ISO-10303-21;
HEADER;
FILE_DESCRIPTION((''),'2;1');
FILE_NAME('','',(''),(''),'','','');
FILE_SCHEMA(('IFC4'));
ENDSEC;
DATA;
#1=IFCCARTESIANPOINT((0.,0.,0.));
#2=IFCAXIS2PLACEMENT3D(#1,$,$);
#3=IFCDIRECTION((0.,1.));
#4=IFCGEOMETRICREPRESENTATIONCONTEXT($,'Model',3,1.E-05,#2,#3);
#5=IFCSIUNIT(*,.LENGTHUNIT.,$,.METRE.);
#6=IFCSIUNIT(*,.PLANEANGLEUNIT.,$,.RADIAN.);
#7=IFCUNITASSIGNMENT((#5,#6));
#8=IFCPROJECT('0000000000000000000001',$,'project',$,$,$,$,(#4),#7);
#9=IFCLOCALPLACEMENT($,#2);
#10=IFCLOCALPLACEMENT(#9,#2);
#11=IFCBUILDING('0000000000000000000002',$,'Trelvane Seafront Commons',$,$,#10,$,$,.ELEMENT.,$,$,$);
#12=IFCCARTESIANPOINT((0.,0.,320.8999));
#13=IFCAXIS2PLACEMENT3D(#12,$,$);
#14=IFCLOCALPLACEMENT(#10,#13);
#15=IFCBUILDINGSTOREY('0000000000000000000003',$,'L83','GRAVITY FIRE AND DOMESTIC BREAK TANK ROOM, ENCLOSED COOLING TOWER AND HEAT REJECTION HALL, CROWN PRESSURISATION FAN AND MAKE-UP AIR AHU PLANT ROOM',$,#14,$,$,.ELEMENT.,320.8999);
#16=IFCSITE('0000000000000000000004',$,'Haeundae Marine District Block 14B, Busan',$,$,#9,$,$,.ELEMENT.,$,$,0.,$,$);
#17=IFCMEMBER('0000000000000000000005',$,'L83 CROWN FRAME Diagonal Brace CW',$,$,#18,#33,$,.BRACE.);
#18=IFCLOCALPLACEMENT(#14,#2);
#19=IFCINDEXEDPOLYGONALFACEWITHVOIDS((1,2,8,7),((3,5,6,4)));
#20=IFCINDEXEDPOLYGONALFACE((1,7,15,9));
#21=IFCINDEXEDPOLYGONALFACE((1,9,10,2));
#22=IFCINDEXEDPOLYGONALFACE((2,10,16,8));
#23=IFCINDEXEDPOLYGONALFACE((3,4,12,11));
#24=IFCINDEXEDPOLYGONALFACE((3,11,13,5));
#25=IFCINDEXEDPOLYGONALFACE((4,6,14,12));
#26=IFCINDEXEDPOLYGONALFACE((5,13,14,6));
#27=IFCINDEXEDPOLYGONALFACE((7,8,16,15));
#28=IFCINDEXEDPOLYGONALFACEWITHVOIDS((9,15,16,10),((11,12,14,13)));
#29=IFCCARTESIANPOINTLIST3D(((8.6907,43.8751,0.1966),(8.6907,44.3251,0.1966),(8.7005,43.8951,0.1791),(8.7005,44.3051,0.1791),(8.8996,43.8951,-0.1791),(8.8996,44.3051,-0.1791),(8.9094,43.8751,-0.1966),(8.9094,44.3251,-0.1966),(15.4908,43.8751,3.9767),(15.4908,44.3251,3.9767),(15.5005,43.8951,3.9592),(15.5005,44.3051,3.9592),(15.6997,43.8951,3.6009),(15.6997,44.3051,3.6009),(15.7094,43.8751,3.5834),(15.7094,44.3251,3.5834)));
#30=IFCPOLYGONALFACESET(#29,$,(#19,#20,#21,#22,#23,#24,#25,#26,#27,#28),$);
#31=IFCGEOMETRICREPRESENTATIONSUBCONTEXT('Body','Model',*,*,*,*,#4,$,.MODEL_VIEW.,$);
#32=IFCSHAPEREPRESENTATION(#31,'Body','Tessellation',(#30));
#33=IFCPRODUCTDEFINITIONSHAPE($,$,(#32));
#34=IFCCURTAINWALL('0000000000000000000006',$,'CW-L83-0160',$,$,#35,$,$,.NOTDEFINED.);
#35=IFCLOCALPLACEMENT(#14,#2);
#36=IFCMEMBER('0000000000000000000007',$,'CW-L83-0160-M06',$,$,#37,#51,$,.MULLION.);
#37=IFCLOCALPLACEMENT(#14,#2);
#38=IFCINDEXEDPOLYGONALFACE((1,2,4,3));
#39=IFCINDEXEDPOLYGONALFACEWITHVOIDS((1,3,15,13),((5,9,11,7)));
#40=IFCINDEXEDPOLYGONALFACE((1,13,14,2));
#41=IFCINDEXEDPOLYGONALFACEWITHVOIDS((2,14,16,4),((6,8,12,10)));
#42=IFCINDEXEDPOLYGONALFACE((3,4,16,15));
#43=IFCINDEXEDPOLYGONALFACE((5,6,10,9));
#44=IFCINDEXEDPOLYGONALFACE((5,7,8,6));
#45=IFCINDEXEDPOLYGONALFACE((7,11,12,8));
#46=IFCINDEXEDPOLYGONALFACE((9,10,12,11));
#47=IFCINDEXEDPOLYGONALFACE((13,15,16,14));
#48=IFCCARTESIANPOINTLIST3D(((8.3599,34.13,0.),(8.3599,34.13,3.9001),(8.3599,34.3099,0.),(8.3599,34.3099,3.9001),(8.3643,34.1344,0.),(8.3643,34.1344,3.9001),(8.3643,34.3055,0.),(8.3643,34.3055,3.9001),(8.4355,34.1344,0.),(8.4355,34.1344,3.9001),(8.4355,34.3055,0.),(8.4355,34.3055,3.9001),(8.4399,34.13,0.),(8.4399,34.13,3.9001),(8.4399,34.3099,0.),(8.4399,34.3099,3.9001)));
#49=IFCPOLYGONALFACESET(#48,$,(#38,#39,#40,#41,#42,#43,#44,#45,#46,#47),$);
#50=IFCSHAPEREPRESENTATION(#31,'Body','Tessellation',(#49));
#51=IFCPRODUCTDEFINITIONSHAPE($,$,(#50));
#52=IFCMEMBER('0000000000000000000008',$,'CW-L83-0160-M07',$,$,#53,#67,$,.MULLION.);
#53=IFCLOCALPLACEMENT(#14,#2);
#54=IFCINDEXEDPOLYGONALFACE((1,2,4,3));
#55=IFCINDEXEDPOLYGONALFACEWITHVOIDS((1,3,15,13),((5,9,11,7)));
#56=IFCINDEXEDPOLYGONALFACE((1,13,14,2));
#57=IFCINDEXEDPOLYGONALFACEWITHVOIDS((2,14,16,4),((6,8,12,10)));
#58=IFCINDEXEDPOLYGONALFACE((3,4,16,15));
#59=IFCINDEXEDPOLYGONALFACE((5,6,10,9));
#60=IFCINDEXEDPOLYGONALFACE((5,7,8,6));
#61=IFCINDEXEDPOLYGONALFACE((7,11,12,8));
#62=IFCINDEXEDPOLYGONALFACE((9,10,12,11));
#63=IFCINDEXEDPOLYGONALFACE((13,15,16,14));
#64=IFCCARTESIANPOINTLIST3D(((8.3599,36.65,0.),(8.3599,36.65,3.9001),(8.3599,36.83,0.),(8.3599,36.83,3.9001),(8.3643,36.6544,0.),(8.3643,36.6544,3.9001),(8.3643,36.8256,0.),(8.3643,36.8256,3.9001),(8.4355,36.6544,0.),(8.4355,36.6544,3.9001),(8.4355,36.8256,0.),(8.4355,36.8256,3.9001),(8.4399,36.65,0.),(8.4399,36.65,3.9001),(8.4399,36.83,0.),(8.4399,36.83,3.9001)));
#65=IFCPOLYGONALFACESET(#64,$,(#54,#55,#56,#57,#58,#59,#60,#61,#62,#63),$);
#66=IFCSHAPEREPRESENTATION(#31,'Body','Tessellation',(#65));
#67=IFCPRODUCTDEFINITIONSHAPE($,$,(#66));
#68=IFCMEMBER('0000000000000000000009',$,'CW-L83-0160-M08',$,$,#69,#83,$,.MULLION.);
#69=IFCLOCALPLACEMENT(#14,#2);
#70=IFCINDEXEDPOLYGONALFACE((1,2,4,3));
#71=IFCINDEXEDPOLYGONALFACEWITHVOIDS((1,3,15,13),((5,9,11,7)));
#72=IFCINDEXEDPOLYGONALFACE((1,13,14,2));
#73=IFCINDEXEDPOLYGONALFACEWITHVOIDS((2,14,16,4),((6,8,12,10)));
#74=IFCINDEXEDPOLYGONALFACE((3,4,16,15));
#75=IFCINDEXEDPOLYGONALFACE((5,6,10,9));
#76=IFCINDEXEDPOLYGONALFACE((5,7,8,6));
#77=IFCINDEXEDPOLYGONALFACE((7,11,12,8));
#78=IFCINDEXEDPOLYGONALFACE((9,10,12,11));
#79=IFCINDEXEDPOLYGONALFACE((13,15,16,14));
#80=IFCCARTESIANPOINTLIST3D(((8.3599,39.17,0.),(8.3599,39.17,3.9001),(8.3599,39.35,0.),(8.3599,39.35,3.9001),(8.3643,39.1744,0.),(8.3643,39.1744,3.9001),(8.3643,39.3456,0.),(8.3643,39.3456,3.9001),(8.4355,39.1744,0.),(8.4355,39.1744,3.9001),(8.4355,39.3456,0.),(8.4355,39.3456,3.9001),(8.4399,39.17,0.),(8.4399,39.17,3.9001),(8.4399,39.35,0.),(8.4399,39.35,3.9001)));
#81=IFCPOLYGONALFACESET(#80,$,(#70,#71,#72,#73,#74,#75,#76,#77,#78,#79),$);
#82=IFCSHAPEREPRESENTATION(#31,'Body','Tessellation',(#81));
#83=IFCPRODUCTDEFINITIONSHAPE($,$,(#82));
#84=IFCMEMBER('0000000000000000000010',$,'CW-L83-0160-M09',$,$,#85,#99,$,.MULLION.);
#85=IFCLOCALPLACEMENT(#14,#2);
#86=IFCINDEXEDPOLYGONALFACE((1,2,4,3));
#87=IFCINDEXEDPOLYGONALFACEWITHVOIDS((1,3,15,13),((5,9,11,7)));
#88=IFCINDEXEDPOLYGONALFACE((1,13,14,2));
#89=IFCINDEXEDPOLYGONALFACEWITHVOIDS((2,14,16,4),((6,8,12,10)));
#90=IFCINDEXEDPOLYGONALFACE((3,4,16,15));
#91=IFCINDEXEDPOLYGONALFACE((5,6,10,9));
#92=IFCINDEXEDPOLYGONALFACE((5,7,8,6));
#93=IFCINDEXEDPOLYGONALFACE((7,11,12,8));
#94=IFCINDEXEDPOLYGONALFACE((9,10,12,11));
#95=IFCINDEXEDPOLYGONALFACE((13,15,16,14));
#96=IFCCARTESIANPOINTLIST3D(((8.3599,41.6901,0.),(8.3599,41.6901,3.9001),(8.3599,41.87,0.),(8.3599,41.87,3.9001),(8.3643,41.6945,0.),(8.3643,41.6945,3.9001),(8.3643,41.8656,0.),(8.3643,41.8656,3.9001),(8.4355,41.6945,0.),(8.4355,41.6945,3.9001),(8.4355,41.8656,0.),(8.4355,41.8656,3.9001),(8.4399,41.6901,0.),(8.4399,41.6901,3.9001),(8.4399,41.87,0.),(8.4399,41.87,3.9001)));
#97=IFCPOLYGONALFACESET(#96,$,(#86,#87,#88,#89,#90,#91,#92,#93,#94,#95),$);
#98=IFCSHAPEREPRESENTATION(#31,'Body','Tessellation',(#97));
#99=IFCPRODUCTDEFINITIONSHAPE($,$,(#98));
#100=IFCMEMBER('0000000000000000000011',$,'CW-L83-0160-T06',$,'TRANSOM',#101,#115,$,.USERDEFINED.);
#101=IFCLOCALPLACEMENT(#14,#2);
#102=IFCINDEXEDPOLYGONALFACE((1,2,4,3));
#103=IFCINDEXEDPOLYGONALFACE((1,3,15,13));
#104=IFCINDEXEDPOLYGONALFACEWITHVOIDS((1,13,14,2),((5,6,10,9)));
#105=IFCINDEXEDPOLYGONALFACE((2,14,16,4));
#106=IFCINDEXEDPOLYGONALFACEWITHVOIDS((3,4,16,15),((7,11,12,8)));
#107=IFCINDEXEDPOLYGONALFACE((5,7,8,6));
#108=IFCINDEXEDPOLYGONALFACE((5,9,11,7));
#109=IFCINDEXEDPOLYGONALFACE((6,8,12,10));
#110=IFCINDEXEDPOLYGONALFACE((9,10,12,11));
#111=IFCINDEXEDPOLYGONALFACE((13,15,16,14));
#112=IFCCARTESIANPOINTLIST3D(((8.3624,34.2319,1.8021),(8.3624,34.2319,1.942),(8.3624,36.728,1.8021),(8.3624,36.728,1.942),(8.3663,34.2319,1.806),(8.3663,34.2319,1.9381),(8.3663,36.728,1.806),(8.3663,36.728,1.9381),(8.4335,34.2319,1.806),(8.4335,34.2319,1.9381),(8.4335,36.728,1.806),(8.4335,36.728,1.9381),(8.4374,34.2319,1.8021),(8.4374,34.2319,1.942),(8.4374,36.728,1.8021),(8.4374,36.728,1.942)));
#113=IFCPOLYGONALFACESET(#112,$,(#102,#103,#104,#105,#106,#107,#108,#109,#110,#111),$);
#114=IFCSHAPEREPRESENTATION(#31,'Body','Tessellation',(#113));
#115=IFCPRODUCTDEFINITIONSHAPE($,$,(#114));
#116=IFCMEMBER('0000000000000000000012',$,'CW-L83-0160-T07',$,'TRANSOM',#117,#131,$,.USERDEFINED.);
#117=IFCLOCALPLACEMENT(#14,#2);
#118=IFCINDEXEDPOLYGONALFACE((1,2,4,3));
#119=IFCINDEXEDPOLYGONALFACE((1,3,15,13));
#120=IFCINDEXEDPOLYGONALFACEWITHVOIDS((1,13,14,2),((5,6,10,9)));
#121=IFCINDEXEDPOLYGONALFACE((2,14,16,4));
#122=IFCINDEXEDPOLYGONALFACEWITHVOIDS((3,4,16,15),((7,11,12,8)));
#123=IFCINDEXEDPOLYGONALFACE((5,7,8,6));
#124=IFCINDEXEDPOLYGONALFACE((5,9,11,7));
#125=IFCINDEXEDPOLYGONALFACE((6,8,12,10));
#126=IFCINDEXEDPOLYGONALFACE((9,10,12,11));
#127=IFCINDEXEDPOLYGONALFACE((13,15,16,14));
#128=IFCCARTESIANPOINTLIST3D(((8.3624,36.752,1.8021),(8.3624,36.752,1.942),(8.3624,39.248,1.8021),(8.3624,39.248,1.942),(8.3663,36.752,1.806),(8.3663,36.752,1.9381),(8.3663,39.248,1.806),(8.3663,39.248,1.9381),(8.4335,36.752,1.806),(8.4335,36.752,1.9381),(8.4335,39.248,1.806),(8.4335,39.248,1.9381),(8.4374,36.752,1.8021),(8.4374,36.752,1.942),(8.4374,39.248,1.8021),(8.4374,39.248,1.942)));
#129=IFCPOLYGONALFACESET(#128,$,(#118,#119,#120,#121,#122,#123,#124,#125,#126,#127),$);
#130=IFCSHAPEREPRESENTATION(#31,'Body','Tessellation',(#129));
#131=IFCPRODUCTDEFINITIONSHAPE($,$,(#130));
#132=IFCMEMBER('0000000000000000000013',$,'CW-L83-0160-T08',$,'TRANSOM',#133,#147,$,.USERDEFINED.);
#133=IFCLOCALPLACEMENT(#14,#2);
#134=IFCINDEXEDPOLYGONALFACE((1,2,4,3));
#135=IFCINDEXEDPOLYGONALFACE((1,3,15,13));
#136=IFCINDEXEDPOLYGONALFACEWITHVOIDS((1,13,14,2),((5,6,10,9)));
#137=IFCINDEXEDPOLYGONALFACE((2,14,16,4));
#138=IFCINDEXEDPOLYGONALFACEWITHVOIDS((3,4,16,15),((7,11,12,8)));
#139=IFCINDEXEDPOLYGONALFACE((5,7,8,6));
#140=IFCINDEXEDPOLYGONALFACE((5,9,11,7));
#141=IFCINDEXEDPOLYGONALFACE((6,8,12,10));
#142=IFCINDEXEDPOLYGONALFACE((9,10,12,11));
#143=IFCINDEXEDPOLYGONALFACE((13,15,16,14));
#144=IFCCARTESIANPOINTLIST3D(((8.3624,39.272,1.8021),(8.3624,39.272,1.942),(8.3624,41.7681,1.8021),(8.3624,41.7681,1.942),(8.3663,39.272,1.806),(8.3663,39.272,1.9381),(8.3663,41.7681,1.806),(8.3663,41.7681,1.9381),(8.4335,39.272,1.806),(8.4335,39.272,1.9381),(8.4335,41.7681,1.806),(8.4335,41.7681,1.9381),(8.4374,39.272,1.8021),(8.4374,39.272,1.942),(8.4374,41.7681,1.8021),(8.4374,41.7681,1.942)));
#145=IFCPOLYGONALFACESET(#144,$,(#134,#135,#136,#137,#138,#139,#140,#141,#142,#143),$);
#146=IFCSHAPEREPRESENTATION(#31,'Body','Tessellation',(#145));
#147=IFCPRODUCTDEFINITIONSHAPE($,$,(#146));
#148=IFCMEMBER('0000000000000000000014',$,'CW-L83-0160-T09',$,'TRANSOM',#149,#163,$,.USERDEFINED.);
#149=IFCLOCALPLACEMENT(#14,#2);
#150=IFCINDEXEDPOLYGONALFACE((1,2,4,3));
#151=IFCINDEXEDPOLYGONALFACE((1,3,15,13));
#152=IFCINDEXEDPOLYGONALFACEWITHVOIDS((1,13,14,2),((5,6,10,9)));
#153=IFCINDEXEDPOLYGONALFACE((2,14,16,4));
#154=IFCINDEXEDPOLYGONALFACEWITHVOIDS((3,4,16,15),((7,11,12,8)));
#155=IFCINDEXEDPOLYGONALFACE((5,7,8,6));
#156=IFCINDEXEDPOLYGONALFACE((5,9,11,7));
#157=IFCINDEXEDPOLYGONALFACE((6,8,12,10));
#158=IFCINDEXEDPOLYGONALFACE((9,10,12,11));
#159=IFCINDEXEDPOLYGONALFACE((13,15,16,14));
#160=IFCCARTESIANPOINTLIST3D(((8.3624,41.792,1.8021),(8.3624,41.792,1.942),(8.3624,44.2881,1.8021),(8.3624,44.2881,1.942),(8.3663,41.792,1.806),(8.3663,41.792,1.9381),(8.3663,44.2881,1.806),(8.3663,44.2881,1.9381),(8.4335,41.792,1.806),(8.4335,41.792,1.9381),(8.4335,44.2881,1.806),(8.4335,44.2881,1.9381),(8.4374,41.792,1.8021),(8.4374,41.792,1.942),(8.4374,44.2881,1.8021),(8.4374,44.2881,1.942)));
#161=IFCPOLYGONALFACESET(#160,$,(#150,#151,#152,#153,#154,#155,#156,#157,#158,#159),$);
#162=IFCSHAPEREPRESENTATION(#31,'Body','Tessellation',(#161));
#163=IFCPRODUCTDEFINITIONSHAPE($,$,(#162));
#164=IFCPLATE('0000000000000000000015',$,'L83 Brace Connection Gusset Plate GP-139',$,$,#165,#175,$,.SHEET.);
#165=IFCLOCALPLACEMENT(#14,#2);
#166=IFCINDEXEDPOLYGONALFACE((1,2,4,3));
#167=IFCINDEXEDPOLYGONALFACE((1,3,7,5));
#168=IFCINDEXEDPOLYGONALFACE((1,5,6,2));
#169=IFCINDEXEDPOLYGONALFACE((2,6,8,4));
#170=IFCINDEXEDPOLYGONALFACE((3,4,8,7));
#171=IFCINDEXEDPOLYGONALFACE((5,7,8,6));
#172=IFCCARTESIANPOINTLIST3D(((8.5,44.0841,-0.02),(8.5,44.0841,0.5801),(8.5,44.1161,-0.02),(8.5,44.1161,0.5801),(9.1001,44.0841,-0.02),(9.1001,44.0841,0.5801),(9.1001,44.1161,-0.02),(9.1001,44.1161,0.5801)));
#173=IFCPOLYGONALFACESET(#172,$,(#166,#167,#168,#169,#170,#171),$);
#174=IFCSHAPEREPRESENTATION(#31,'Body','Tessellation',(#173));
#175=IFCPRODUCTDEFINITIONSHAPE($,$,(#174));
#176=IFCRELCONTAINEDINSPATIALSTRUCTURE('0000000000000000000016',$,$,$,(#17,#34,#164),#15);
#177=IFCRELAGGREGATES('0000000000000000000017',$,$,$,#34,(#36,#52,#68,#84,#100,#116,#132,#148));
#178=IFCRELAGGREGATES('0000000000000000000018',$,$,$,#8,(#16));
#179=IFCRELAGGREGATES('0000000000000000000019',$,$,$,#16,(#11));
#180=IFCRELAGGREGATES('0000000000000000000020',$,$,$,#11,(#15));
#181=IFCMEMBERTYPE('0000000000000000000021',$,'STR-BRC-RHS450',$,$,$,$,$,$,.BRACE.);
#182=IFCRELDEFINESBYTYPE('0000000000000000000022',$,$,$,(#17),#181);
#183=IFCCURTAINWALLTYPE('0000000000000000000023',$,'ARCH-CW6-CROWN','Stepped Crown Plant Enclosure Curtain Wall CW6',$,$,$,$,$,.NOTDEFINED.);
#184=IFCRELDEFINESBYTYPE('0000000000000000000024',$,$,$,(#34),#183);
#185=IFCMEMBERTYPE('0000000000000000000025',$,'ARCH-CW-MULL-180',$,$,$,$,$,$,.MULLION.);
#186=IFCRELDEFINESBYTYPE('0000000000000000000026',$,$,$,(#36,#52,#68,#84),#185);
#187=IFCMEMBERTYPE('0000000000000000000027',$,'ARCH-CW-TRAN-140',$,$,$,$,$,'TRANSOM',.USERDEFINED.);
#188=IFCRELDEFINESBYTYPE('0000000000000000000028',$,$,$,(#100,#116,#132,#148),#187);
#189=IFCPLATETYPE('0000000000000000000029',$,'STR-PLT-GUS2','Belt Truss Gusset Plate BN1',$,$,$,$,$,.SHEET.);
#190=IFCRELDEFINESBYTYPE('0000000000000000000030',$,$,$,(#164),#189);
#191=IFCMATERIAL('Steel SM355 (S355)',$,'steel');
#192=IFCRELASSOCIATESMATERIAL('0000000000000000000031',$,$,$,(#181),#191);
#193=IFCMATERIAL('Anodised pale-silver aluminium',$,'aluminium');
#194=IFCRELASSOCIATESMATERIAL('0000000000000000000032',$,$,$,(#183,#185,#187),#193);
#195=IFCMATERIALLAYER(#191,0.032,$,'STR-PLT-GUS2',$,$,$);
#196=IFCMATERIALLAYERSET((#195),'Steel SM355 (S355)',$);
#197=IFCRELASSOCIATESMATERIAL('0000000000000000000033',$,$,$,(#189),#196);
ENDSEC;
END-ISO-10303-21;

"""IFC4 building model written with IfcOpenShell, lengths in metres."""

from ifc_helpers import new_model, si_unit, direction, frame, origin, origin_2d, place, context, subcontext, project, spatial, rectangle, hollow_rectangle, extrude, source, transform, mapped, material, layer, layer_set, material_profile, profile_set, type_object, element, aggregate, save


model = new_model("IFC4")

# Units and contexts
model_context = context("Model", 3, precision=1e-05, world=origin(), true_north=direction((0.0, 1.0)))
body_context = subcontext(model_context, "Body", "Model", "MODEL_VIEW")
ifc_project = project(units=[si_unit("LENGTHUNIT", "METRE"), si_unit("PLANEANGLEUNIT", "RADIAN")], contexts=[model_context])

# Site, building, storey
site_placement = place(None, origin())
site = spatial("IfcSite", under=ifc_project, at=site_placement, Name="Haeundae Marine District Block 14B, Busan", CompositionType="ELEMENT", RefElevation=0.0)
building_placement = place(site_placement, origin())
building = spatial("IfcBuilding", under=site, at=building_placement, Name="Trelvane Seafront Commons", CompositionType="ELEMENT")
storey_placement = place(building_placement, frame((0.0, 0.0, 320.8999)))
storey = spatial("IfcBuildingStorey", under=building, at=storey_placement, Name="L83", Description="GRAVITY FIRE AND DOMESTIC BREAK TANK ROOM, ENCLOSED COOLING TOWER AND HEAT REJECTION HALL, CROWN PRESSURISATION FAN AND MAKE-UP AIR AHU PLANT ROOM", CompositionType="ELEMENT", Elevation=320.8999)

# Shared definitions
ifc_material_1 = material(Name="Steel SM355 (S355)", Category="steel")

# Member
ifc_material_profile_1 = material_profile(ifc_material_1, hollow_rectangle(XDim=0.45, YDim=0.45, WallThickness=0.02, at=origin_2d()), Name="RHS-450x450x20")
ifc_profile_set_1 = profile_set([ifc_material_profile_1], Name="Steel SM355 (S355)")
member_type_1 = type_object("IfcMemberType", Name="STR-BRC-RHS450", PredefinedType="BRACE", material=ifc_profile_set_1)
shared_shape_1 = source(origin(), body_context, "Body", "SweptSolid", [
    extrude(hollow_rectangle(XDim=0.45, YDim=0.45, WallThickness=0.02, at=origin_2d()), origin(), (0.0, 0.0, 1.0), 7.78),
])
member_1_placement = place(storey_placement, frame((8.8, 44.1001, 0.0), z_axis=(0.874036, 0.0, 0.485861), x_axis=(0.0, 1.0, 0.0)))
element("IfcMember", 1, at=member_1_placement, inside=storey, type_object=member_type_1, Name="L83 CROWN FRAME Diagonal Brace CW", PredefinedType="BRACE", context=body_context, shape_type="MappedRepresentation", body=[
    mapped(shared_shape_1, transform((0.0, 0.0, 0.0), x_axis=(1.0, 0.0, 0.0), y_axis=(0.0, 1.0, 0.0), z_axis=(0.0, 0.0, 1.0), scale=1.0)),
])

# Curtain wall, members
ifc_material_2 = material(Name="Anodised pale-silver aluminium", Category="aluminium")
curtain_wall_type = type_object("IfcCurtainWallType", Name="ARCH-CW6-CROWN", Description="Stepped Crown Plant Enclosure Curtain Wall CW6", PredefinedType="NOTDEFINED", material=ifc_material_2)
curtain_wall_placement = place(storey_placement, origin())
curtain_wall = element("IfcCurtainWall", 2, at=curtain_wall_placement, inside=storey, type_object=curtain_wall_type, Name="CW-L83-0160", PredefinedType="NOTDEFINED")
ifc_material_profile_2 = material_profile(ifc_material_2, hollow_rectangle(XDim=0.0801, YDim=0.1799, WallThickness=0.0044, at=origin_2d()), Name="MULL-80x180x4.5")
ifc_profile_set_2 = profile_set([ifc_material_profile_2], Name="Anodised pale-silver aluminium")
member_type_2 = type_object("IfcMemberType", Name="ARCH-CW-MULL-180", PredefinedType="MULLION", material=ifc_profile_set_2)
shared_shape_2 = source(origin(), body_context, "Body", "SweptSolid", [
    extrude(hollow_rectangle(XDim=0.0801, YDim=0.1799, WallThickness=0.0044, at=origin_2d()), origin(), (0.0, 0.0, 1.0), 3.9001),
])
member_2_placement = place(storey_placement, frame((8.3999, 34.22, 0.0), z_axis=(0.0, 0.0, 1.0), x_axis=(1.0, 0.0, 0.0)))
member_2 = element("IfcMember", 3, at=member_2_placement, type_object=member_type_2, Name="CW-L83-0160-M06", PredefinedType="MULLION", context=body_context, shape_type="MappedRepresentation", body=[
    mapped(shared_shape_2, transform((0.0, 0.0, 0.0), x_axis=(1.0, 0.0, 0.0), y_axis=(0.0, 1.0, 0.0), z_axis=(0.0, 0.0, 1.0), scale=1.0)),
])
member_3_placement = place(storey_placement, frame((8.3999, 36.74, 0.0), z_axis=(0.0, 0.0, 1.0), x_axis=(1.0, 0.0, 0.0)))
member_3 = element("IfcMember", 4, at=member_3_placement, type_object=member_type_2, Name="CW-L83-0160-M07", PredefinedType="MULLION", context=body_context, shape_type="MappedRepresentation", body=[
    mapped(shared_shape_2, transform((0.0, 0.0, 0.0), x_axis=(1.0, 0.0, 0.0), y_axis=(0.0, 1.0, 0.0), z_axis=(0.0, 0.0, 1.0), scale=1.0)),
])
member_4_placement = place(storey_placement, frame((8.3999, 39.26, 0.0), z_axis=(0.0, 0.0, 1.0), x_axis=(1.0, 0.0, 0.0)))
member_4 = element("IfcMember", 5, at=member_4_placement, type_object=member_type_2, Name="CW-L83-0160-M08", PredefinedType="MULLION", context=body_context, shape_type="MappedRepresentation", body=[
    mapped(shared_shape_2, transform((0.0, 0.0, 0.0), x_axis=(1.0, 0.0, 0.0), y_axis=(0.0, 1.0, 0.0), z_axis=(0.0, 0.0, 1.0), scale=1.0)),
])
member_5_placement = place(storey_placement, frame((8.3999, 41.78, 0.0), z_axis=(0.0, 0.0, 1.0), x_axis=(1.0, 0.0, 0.0)))
member_5 = element("IfcMember", 6, at=member_5_placement, type_object=member_type_2, Name="CW-L83-0160-M09", PredefinedType="MULLION", context=body_context, shape_type="MappedRepresentation", body=[
    mapped(shared_shape_2, transform((0.0, 0.0, 0.0), x_axis=(1.0, 0.0, 0.0), y_axis=(0.0, 1.0, 0.0), z_axis=(0.0, 0.0, 1.0), scale=1.0)),
])
ifc_material_profile_3 = material_profile(ifc_material_2, hollow_rectangle(XDim=0.075, YDim=0.1399, WallThickness=0.0039, at=origin_2d()), Name="TRAN-75x140x4")
ifc_profile_set_3 = profile_set([ifc_material_profile_3], Name="Anodised pale-silver aluminium")
member_type_3 = type_object("IfcMemberType", Name="ARCH-CW-TRAN-140", ElementType="TRANSOM", PredefinedType="USERDEFINED", material=ifc_profile_set_3)
shared_shape_3 = source(origin(), body_context, "Body", "SweptSolid", [
    extrude(hollow_rectangle(XDim=0.075, YDim=0.1399, WallThickness=0.0039, at=origin_2d()), origin(), (0.0, 0.0, 1.0), 2.4961),
])
member_6_placement = place(storey_placement, frame((8.3999, 34.2319, 1.8721), z_axis=(0.0, 1.0, 0.0), x_axis=(-1.0, 0.0, 0.0)))
member_6 = element("IfcMember", 7, at=member_6_placement, type_object=member_type_3, Name="CW-L83-0160-T06", ObjectType="TRANSOM", PredefinedType="USERDEFINED", context=body_context, shape_type="MappedRepresentation", body=[
    mapped(shared_shape_3, transform((0.0, 0.0, 0.0), x_axis=(1.0, 0.0, 0.0), y_axis=(0.0, 1.0, 0.0), z_axis=(0.0, 0.0, 1.0), scale=1.0)),
])
member_7_placement = place(storey_placement, frame((8.3999, 36.752, 1.8721), z_axis=(0.0, 1.0, 0.0), x_axis=(-1.0, 0.0, 0.0)))
member_7 = element("IfcMember", 8, at=member_7_placement, type_object=member_type_3, Name="CW-L83-0160-T07", ObjectType="TRANSOM", PredefinedType="USERDEFINED", context=body_context, shape_type="MappedRepresentation", body=[
    mapped(shared_shape_3, transform((0.0, 0.0, 0.0), x_axis=(1.0, 0.0, 0.0), y_axis=(0.0, 1.0, 0.0), z_axis=(0.0, 0.0, 1.0), scale=1.0)),
])
member_8_placement = place(storey_placement, frame((8.3999, 39.272, 1.8721), z_axis=(0.0, 1.0, 0.0), x_axis=(-1.0, 0.0, 0.0)))
member_8 = element("IfcMember", 9, at=member_8_placement, type_object=member_type_3, Name="CW-L83-0160-T08", ObjectType="TRANSOM", PredefinedType="USERDEFINED", context=body_context, shape_type="MappedRepresentation", body=[
    mapped(shared_shape_3, transform((0.0, 0.0, 0.0), x_axis=(1.0, 0.0, 0.0), y_axis=(0.0, 1.0, 0.0), z_axis=(0.0, 0.0, 1.0), scale=1.0)),
])
member_9_placement = place(storey_placement, frame((8.3999, 41.792, 1.8721), z_axis=(0.0, 1.0, 0.0), x_axis=(-1.0, 0.0, 0.0)))
member_9 = element("IfcMember", 10, at=member_9_placement, type_object=member_type_3, Name="CW-L83-0160-T09", ObjectType="TRANSOM", PredefinedType="USERDEFINED", context=body_context, shape_type="MappedRepresentation", body=[
    mapped(shared_shape_3, transform((0.0, 0.0, 0.0), x_axis=(1.0, 0.0, 0.0), y_axis=(0.0, 1.0, 0.0), z_axis=(0.0, 0.0, 1.0), scale=1.0)),
])

# Plate
ifc_layer_1 = layer(ifc_material_1, 0.032, Name="STR-PLT-GUS2")
ifc_layer_set_1 = layer_set([ifc_layer_1], Name="Steel SM355 (S355)")
plate_type_1 = type_object("IfcPlateType", Name="STR-PLT-GUS2", Description="Belt Truss Gusset Plate BN1", PredefinedType="SHEET", material=ifc_layer_set_1)
shared_shape_4 = source(origin(), body_context, "Body", "SweptSolid", [
    extrude(rectangle(XDim=0.6001, YDim=0.032, at=origin_2d()), origin(), (0.0, 0.0, 1.0), 0.6001),
])
for number, where, z_axis, x_axis, name in (
    (11, (8.8, 44.1001, -0.02), (0.0, 0.0, 1.0), (1.0, 0.0, 0.0), "L83 Brace Connection Gusset Plate GP-139"),
):
    element("IfcPlate", number, at=place(storey_placement, frame(where, z_axis=z_axis, x_axis=x_axis)), inside=storey, type_object=plate_type_1, Name=name, PredefinedType="SHEET", context=body_context, shape_type="MappedRepresentation", body=[
        mapped(shared_shape_4, transform((0.0, 0.0, 0.0), x_axis=(1.0, 0.0, 0.0), y_axis=(0.0, 1.0, 0.0), z_axis=(0.0, 0.0, 1.0), scale=1.0)),
    ])

aggregate(curtain_wall, [member_2, member_3, member_4, member_5, member_6, member_7, member_8, member_9])

save(model, "model.ifc")
